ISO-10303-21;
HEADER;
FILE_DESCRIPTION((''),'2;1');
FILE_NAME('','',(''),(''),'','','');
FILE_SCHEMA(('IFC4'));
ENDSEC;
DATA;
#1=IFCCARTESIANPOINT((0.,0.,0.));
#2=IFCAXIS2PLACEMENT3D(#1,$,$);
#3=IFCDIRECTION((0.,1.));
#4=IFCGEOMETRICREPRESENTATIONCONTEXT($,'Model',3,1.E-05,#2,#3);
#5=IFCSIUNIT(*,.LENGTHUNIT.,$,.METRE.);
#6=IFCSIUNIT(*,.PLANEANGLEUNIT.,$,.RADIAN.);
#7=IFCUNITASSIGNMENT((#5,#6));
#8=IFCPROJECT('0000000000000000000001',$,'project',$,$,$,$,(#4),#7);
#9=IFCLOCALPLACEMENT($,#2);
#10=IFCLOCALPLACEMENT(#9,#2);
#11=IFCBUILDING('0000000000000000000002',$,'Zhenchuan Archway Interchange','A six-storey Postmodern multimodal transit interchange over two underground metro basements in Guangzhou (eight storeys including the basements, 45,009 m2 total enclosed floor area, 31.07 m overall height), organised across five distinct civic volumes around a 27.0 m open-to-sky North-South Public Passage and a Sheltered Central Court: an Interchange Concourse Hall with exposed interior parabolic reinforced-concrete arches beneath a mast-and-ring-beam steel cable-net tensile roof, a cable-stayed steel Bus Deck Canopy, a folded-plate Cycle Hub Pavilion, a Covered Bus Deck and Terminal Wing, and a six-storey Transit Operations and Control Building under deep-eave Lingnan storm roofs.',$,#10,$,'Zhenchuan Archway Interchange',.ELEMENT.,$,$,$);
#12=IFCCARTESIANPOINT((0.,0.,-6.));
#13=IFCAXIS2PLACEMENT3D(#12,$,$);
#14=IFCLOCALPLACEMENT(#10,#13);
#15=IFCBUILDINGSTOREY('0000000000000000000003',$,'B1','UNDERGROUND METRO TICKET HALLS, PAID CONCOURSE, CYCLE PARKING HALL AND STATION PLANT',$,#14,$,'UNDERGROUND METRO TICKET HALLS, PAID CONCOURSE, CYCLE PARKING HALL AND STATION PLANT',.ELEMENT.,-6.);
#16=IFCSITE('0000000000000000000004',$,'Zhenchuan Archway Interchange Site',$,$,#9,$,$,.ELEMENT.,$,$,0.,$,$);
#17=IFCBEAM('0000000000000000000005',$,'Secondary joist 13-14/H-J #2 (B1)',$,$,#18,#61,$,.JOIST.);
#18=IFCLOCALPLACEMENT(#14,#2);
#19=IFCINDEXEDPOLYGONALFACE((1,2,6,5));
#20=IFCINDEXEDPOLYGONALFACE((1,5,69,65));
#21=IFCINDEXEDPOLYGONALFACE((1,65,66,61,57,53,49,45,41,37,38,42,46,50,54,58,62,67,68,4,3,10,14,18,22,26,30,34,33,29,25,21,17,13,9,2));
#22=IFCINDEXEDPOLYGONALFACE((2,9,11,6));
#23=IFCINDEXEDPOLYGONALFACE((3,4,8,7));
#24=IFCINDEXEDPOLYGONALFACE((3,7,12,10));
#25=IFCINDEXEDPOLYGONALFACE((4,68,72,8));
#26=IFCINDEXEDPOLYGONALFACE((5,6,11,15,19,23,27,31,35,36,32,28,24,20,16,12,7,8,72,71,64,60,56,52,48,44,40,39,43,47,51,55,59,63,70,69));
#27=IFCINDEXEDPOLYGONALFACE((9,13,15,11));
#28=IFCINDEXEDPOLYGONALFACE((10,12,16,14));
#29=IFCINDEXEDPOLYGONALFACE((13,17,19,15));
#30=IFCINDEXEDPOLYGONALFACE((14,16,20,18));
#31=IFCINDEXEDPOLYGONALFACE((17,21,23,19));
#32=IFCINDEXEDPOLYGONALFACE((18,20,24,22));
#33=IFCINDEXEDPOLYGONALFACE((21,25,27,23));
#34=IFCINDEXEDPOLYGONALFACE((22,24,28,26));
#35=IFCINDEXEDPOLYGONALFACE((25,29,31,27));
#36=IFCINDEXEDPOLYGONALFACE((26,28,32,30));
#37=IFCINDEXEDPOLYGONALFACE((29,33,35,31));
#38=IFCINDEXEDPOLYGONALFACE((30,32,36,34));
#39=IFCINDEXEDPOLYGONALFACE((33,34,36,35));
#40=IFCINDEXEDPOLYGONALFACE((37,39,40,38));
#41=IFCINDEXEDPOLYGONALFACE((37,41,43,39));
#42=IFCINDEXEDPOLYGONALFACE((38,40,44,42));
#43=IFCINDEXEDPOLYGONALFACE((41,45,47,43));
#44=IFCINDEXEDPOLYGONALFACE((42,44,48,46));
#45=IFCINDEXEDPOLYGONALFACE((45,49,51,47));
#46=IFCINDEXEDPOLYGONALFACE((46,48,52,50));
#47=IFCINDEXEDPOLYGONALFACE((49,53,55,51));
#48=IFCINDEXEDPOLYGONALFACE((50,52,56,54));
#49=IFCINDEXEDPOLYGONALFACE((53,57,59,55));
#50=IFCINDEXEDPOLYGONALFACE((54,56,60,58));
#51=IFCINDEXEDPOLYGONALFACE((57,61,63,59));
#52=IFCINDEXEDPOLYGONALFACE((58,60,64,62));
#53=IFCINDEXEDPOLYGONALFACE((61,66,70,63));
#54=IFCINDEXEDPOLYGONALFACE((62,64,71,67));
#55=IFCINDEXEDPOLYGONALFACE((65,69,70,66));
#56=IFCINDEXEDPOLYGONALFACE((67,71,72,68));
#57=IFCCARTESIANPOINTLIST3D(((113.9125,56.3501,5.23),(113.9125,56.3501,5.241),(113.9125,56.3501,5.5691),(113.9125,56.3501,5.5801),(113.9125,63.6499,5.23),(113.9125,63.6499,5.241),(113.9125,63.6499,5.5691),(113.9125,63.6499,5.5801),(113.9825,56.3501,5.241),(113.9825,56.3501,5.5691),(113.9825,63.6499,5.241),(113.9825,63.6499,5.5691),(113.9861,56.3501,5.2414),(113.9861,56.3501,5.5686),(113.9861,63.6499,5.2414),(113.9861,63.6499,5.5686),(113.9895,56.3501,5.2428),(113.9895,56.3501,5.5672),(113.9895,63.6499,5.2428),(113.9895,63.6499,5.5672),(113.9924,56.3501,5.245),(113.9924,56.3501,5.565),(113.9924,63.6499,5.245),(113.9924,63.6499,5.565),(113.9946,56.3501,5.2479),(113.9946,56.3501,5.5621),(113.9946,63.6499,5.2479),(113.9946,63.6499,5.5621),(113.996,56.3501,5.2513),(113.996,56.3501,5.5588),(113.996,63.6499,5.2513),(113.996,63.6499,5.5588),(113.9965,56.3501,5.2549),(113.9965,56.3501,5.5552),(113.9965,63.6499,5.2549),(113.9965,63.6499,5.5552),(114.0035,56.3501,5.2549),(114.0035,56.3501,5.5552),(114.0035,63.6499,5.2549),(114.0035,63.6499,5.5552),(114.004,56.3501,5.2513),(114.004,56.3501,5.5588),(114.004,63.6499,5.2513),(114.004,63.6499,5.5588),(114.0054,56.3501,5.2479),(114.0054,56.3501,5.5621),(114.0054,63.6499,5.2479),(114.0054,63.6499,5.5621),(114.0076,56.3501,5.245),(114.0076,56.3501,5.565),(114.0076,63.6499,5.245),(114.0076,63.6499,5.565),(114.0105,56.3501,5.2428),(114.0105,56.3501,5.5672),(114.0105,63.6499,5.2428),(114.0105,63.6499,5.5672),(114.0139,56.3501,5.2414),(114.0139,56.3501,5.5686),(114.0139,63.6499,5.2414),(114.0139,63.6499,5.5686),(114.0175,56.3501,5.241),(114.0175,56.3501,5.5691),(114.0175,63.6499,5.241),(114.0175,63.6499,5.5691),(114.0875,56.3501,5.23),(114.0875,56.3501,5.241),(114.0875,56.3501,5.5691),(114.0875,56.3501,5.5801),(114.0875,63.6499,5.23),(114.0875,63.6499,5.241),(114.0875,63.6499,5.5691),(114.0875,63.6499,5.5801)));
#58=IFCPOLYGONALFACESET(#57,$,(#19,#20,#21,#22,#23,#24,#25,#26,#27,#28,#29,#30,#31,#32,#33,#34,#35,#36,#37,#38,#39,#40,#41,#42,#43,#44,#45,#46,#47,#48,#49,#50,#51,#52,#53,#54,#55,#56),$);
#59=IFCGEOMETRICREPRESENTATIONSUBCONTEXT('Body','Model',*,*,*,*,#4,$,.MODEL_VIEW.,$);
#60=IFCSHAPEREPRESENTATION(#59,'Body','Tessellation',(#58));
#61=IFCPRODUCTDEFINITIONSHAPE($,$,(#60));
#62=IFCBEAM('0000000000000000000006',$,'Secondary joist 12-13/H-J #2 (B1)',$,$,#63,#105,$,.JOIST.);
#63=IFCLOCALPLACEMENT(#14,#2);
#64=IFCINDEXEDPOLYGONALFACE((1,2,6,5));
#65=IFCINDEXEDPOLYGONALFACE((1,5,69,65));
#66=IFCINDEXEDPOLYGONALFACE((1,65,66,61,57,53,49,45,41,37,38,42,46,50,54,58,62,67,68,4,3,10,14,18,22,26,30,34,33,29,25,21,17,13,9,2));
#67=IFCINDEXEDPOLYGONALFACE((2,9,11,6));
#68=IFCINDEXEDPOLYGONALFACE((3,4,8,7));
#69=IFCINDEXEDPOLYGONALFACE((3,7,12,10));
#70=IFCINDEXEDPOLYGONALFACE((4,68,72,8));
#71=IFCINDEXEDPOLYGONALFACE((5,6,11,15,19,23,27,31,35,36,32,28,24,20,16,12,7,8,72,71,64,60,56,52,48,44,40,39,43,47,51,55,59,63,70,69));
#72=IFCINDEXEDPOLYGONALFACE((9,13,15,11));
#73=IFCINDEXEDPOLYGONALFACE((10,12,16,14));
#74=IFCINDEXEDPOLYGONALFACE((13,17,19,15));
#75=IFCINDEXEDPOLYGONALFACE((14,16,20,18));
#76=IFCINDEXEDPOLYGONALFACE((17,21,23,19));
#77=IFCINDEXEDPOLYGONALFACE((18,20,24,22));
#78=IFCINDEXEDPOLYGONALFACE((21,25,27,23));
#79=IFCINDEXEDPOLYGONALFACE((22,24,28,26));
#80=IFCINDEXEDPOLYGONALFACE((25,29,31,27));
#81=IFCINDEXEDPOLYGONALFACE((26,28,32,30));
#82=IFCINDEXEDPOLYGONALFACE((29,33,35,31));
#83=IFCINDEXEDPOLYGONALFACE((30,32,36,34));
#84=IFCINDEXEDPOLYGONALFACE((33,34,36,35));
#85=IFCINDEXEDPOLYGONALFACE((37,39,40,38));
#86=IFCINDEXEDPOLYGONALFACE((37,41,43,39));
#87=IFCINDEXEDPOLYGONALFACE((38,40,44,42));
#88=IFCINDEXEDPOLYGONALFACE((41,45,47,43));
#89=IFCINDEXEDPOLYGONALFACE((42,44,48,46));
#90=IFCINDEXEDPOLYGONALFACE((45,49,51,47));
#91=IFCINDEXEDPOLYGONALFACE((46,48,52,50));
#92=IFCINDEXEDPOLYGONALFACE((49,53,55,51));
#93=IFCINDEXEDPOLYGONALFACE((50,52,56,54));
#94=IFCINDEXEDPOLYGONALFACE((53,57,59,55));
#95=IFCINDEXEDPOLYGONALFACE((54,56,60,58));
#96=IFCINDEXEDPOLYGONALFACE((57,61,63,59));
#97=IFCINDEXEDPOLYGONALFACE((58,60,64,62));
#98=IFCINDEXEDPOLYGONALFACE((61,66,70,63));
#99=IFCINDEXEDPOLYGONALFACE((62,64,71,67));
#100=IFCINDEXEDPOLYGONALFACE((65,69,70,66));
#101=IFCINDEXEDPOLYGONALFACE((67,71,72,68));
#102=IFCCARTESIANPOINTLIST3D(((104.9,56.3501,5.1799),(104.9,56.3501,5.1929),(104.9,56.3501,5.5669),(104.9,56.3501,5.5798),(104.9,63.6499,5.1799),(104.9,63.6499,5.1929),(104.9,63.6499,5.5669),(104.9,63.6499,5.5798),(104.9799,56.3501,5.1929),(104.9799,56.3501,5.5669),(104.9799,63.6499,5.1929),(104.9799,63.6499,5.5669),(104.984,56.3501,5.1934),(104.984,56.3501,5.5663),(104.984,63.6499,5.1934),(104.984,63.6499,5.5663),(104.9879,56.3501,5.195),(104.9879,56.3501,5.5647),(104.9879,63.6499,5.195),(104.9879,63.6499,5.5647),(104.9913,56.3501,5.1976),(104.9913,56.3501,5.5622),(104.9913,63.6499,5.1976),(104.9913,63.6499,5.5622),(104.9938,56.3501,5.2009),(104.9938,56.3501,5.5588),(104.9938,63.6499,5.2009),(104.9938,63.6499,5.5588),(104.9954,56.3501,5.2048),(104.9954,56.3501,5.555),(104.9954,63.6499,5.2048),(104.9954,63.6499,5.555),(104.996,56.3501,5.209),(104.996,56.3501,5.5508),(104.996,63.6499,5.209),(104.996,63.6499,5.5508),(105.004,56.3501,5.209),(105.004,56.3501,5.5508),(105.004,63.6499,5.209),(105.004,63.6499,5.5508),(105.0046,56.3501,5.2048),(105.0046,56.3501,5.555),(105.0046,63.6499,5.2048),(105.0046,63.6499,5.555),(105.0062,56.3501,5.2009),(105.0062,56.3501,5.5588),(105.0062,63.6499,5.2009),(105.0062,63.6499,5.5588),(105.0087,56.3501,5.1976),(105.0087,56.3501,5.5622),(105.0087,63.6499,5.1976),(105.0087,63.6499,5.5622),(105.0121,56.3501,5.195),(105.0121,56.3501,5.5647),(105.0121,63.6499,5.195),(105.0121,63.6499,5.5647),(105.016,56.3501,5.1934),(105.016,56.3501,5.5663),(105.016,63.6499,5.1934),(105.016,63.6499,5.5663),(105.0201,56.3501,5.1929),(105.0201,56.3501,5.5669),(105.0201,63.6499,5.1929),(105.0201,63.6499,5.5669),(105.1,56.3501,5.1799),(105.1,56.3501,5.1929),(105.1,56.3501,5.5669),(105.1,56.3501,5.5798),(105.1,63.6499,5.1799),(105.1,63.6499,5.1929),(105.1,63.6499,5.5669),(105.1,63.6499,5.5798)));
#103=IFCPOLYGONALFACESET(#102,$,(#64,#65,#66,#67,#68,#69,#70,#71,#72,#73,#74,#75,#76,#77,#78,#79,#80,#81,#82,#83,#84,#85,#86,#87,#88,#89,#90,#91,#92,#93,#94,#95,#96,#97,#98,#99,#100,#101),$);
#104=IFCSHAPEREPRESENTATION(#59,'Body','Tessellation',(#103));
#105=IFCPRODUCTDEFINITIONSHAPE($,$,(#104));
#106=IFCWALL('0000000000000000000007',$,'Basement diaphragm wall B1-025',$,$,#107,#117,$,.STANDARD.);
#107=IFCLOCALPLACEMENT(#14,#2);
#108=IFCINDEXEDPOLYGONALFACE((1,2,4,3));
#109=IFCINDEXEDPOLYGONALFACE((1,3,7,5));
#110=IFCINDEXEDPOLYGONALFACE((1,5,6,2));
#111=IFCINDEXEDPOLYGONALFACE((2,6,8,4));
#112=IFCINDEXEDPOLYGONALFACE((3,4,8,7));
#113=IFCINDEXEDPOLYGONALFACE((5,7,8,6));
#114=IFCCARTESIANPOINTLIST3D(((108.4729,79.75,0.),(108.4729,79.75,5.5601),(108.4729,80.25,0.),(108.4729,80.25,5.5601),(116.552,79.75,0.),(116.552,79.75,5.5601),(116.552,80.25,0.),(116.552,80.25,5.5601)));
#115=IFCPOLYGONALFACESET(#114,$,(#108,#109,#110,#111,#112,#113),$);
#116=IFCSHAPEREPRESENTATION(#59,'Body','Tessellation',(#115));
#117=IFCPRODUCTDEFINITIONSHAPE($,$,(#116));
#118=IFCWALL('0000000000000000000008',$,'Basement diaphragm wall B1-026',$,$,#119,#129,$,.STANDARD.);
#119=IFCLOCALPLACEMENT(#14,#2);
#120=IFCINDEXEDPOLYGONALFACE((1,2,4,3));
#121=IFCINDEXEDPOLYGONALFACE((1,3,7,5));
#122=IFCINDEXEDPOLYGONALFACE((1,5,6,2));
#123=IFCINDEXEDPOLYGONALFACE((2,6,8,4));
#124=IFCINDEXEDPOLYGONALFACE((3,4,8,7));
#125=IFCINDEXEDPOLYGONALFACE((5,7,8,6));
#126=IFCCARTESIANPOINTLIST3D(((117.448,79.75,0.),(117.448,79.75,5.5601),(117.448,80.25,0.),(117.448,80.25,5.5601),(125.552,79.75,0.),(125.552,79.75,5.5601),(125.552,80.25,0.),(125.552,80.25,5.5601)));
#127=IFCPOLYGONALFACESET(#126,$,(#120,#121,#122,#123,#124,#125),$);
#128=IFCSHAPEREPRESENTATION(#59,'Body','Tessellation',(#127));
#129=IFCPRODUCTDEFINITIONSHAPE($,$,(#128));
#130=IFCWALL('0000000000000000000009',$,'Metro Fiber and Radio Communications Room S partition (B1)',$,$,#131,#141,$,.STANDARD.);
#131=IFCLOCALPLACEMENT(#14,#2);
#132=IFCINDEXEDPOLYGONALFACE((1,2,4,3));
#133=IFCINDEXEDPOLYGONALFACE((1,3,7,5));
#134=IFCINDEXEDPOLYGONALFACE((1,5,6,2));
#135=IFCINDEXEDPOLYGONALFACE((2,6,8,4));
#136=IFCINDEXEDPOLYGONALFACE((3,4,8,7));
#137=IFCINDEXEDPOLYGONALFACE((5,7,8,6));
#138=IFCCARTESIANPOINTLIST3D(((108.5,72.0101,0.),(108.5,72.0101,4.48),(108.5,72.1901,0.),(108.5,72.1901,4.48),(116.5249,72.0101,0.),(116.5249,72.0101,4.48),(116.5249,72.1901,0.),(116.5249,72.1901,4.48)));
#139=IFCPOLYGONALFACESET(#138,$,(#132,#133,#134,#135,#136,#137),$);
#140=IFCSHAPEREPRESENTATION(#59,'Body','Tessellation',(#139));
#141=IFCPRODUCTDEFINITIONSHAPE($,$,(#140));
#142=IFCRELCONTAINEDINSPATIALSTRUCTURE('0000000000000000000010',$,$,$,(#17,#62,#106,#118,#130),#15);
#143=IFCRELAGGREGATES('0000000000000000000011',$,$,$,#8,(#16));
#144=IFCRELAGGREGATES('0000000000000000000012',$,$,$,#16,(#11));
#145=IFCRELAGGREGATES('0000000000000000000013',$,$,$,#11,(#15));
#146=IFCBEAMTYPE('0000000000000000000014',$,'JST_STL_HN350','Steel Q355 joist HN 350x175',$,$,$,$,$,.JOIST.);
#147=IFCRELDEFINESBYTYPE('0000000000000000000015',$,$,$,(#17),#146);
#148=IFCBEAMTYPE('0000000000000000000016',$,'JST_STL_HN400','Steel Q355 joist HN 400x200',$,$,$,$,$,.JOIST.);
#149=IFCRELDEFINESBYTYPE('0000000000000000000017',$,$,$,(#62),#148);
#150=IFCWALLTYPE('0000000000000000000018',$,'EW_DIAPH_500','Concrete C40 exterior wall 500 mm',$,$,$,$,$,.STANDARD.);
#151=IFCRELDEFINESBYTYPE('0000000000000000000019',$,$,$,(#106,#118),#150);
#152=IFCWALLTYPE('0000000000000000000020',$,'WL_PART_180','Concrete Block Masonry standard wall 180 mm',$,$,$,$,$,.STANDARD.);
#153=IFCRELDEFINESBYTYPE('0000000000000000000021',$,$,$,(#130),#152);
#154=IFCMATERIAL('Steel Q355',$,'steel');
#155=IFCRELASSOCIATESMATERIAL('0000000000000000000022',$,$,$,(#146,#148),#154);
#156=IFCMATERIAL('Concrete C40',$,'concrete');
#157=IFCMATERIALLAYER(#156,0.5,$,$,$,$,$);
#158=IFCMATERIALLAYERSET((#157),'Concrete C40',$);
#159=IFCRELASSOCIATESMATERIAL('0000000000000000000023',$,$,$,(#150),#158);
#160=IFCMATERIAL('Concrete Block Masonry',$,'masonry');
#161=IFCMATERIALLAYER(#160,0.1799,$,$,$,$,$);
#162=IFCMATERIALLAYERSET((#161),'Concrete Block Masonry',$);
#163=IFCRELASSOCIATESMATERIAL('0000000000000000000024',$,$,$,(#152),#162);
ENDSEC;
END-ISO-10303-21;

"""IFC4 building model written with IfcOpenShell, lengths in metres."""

from ifc_helpers import new_model, si_unit, direction, frame, frame_2d, origin, origin_2d, place, context, subcontext, project, spatial, rectangle, i_section, extrude, material, layer, layer_set, material_profile, profile_set, type_object, element, save


model = new_model("IFC4")

# Units and contexts
model_context = context("Model", 3, precision=1e-05, world=origin(), true_north=direction((0.0, 1.0)))
body_context = subcontext(model_context, "Body", "Model", "MODEL_VIEW")
ifc_project = project(units=[si_unit("LENGTHUNIT", "METRE"), si_unit("PLANEANGLEUNIT", "RADIAN")], contexts=[model_context])

# Site, building, storey
site_placement = place(None, origin())
site = spatial("IfcSite", under=ifc_project, at=site_placement, Name="Zhenchuan Archway Interchange Site", CompositionType="ELEMENT", RefElevation=0.0)
building_placement = place(site_placement, origin())
building = spatial("IfcBuilding", under=site, at=building_placement, Name="Zhenchuan Archway Interchange", Description="A six-storey Postmodern multimodal transit interchange over two underground metro basements in Guangzhou (eight storeys including the basements, 45,009 m2 total enclosed floor area, 31.07 m overall height), organised across five distinct civic volumes around a 27.0 m open-to-sky North-South Public Passage and a Sheltered Central Court: an Interchange Concourse Hall with exposed interior parabolic reinforced-concrete arches beneath a mast-and-ring-beam steel cable-net tensile roof, a cable-stayed steel Bus Deck Canopy, a folded-plate Cycle Hub Pavilion, a Covered Bus Deck and Terminal Wing, and a six-storey Transit Operations and Control Building under deep-eave Lingnan storm roofs.", LongName="Zhenchuan Archway Interchange", CompositionType="ELEMENT")
storey_placement = place(building_placement, frame((0.0, 0.0, -6.0)))
storey = spatial("IfcBuildingStorey", under=building, at=storey_placement, Name="B1", Description="UNDERGROUND METRO TICKET HALLS, PAID CONCOURSE, CYCLE PARKING HALL AND STATION PLANT", LongName="UNDERGROUND METRO TICKET HALLS, PAID CONCOURSE, CYCLE PARKING HALL AND STATION PLANT", CompositionType="ELEMENT", Elevation=-6.0)

# Beams
ifc_material_1 = material(Name="Concrete C40", Category="concrete")
ifc_material_2 = material(Name="Steel Q355", Category="steel")
ifc_material_profile_1 = material_profile(ifc_material_2, i_section(OverallWidth=0.175, OverallDepth=0.3501, WebThickness=0.0071, FlangeThickness=0.011, FilletRadius=0.0139, at=origin_2d()), Name="HN 350x175")
ifc_profile_set_1 = profile_set([ifc_material_profile_1], Name="Steel Q355")
beam_type_1 = type_object("IfcBeamType", Name="JST_STL_HN350", Description="Steel Q355 joist HN 350x175", PredefinedType="JOIST", material=ifc_profile_set_1)
for number, where, z_axis, x_axis, name in (
    (1, (114.0, 56.3501, 5.405), (0.0, 1.0, 0.0), (-1.0, 0.0, 0.0), "Secondary joist 13-14/H-J #2 (B1)"),
):
    element("IfcBeam", number, at=place(storey_placement, frame(where, z_axis=z_axis, x_axis=x_axis)), inside=storey, type_object=beam_type_1, Name=name, PredefinedType="JOIST", context=body_context, shape_type="SweptSolid", body=[
        extrude(i_section(OverallWidth=0.175, OverallDepth=0.3501, WebThickness=0.0071, FlangeThickness=0.011, FilletRadius=0.0139, at=origin_2d()), origin(), (0.0, 0.0, 1.0), 7.2998),
    ])
ifc_material_profile_2 = material_profile(ifc_material_2, i_section(OverallWidth=0.2, OverallDepth=0.3999, WebThickness=0.0081, FlangeThickness=0.0129, FilletRadius=0.0161, at=origin_2d()), Name="HN 400x200")
ifc_profile_set_2 = profile_set([ifc_material_profile_2], Name="Steel Q355")
beam_type_2 = type_object("IfcBeamType", Name="JST_STL_HN400", Description="Steel Q355 joist HN 400x200", PredefinedType="JOIST", material=ifc_profile_set_2)
beam_1_placement = place(storey_placement, frame((105.0, 56.3501, 5.3799), z_axis=(0.0, 1.0, 0.0), x_axis=(-1.0, 0.0, 0.0)))
element("IfcBeam", 2, at=beam_1_placement, inside=storey, type_object=beam_type_2, Name="Secondary joist 12-13/H-J #2 (B1)", PredefinedType="JOIST", context=body_context, shape_type="SweptSolid", body=[
    extrude(i_section(OverallWidth=0.2, OverallDepth=0.3999, WebThickness=0.0081, FlangeThickness=0.0129, FilletRadius=0.0161, at=origin_2d()), origin(), (0.0, 0.0, 1.0), 7.2998),
])

# Walls
ifc_layer_1 = layer(ifc_material_1, 0.5)
ifc_layer_set_1 = layer_set([ifc_layer_1], Name="Concrete C40")
wall_type_1 = type_object("IfcWallType", Name="EW_DIAPH_500", Description="Concrete C40 exterior wall 500 mm", PredefinedType="STANDARD", material=ifc_layer_set_1)
wall_1_placement = place(storey_placement, frame((108.4729, 80.0, 0.0), z_axis=(0.0, 0.0, 1.0), x_axis=(1.0, 0.0, 0.0)))
element("IfcWall", 3, at=wall_1_placement, inside=storey, type_object=wall_type_1, Name="Basement diaphragm wall B1-025", PredefinedType="STANDARD", context=body_context, shape_type="SweptSolid", body=[
    extrude(rectangle(XDim=8.0791, YDim=0.5, at=frame_2d((4.0396, 0.0))), origin(), (0.0, 0.0, 1.0), 5.5601),
])
wall_2_placement = place(storey_placement, frame((117.448, 80.0, 0.0), z_axis=(0.0, 0.0, 1.0), x_axis=(1.0, 0.0, 0.0)))
element("IfcWall", 4, at=wall_2_placement, inside=storey, type_object=wall_type_1, Name="Basement diaphragm wall B1-026", PredefinedType="STANDARD", context=body_context, shape_type="SweptSolid", body=[
    extrude(rectangle(XDim=8.104, YDim=0.5, at=frame_2d((4.052, 0.0))), origin(), (0.0, 0.0, 1.0), 5.5601),
])
ifc_material_3 = material(Name="Concrete Block Masonry", Category="masonry")
ifc_layer_2 = layer(ifc_material_3, 0.1799)
ifc_layer_set_2 = layer_set([ifc_layer_2], Name="Concrete Block Masonry")
wall_type_2 = type_object("IfcWallType", Name="WL_PART_180", Description="Concrete Block Masonry standard wall 180 mm", PredefinedType="STANDARD", material=ifc_layer_set_2)
wall_3_placement = place(storey_placement, frame((108.5, 72.1001, 0.0), z_axis=(0.0, 0.0, 1.0), x_axis=(1.0, 0.0, 0.0)))
element("IfcWall", 5, at=wall_3_placement, inside=storey, type_object=wall_type_2, Name="Metro Fiber and Radio Communications Room S partition (B1)", PredefinedType="STANDARD", context=body_context, shape_type="SweptSolid", body=[
    extrude(rectangle(XDim=8.0249, YDim=0.1799, at=frame_2d((4.0125, 0.0))), origin(), (0.0, 0.0, 1.0), 4.48),
])

save(model, "model.ifc")
